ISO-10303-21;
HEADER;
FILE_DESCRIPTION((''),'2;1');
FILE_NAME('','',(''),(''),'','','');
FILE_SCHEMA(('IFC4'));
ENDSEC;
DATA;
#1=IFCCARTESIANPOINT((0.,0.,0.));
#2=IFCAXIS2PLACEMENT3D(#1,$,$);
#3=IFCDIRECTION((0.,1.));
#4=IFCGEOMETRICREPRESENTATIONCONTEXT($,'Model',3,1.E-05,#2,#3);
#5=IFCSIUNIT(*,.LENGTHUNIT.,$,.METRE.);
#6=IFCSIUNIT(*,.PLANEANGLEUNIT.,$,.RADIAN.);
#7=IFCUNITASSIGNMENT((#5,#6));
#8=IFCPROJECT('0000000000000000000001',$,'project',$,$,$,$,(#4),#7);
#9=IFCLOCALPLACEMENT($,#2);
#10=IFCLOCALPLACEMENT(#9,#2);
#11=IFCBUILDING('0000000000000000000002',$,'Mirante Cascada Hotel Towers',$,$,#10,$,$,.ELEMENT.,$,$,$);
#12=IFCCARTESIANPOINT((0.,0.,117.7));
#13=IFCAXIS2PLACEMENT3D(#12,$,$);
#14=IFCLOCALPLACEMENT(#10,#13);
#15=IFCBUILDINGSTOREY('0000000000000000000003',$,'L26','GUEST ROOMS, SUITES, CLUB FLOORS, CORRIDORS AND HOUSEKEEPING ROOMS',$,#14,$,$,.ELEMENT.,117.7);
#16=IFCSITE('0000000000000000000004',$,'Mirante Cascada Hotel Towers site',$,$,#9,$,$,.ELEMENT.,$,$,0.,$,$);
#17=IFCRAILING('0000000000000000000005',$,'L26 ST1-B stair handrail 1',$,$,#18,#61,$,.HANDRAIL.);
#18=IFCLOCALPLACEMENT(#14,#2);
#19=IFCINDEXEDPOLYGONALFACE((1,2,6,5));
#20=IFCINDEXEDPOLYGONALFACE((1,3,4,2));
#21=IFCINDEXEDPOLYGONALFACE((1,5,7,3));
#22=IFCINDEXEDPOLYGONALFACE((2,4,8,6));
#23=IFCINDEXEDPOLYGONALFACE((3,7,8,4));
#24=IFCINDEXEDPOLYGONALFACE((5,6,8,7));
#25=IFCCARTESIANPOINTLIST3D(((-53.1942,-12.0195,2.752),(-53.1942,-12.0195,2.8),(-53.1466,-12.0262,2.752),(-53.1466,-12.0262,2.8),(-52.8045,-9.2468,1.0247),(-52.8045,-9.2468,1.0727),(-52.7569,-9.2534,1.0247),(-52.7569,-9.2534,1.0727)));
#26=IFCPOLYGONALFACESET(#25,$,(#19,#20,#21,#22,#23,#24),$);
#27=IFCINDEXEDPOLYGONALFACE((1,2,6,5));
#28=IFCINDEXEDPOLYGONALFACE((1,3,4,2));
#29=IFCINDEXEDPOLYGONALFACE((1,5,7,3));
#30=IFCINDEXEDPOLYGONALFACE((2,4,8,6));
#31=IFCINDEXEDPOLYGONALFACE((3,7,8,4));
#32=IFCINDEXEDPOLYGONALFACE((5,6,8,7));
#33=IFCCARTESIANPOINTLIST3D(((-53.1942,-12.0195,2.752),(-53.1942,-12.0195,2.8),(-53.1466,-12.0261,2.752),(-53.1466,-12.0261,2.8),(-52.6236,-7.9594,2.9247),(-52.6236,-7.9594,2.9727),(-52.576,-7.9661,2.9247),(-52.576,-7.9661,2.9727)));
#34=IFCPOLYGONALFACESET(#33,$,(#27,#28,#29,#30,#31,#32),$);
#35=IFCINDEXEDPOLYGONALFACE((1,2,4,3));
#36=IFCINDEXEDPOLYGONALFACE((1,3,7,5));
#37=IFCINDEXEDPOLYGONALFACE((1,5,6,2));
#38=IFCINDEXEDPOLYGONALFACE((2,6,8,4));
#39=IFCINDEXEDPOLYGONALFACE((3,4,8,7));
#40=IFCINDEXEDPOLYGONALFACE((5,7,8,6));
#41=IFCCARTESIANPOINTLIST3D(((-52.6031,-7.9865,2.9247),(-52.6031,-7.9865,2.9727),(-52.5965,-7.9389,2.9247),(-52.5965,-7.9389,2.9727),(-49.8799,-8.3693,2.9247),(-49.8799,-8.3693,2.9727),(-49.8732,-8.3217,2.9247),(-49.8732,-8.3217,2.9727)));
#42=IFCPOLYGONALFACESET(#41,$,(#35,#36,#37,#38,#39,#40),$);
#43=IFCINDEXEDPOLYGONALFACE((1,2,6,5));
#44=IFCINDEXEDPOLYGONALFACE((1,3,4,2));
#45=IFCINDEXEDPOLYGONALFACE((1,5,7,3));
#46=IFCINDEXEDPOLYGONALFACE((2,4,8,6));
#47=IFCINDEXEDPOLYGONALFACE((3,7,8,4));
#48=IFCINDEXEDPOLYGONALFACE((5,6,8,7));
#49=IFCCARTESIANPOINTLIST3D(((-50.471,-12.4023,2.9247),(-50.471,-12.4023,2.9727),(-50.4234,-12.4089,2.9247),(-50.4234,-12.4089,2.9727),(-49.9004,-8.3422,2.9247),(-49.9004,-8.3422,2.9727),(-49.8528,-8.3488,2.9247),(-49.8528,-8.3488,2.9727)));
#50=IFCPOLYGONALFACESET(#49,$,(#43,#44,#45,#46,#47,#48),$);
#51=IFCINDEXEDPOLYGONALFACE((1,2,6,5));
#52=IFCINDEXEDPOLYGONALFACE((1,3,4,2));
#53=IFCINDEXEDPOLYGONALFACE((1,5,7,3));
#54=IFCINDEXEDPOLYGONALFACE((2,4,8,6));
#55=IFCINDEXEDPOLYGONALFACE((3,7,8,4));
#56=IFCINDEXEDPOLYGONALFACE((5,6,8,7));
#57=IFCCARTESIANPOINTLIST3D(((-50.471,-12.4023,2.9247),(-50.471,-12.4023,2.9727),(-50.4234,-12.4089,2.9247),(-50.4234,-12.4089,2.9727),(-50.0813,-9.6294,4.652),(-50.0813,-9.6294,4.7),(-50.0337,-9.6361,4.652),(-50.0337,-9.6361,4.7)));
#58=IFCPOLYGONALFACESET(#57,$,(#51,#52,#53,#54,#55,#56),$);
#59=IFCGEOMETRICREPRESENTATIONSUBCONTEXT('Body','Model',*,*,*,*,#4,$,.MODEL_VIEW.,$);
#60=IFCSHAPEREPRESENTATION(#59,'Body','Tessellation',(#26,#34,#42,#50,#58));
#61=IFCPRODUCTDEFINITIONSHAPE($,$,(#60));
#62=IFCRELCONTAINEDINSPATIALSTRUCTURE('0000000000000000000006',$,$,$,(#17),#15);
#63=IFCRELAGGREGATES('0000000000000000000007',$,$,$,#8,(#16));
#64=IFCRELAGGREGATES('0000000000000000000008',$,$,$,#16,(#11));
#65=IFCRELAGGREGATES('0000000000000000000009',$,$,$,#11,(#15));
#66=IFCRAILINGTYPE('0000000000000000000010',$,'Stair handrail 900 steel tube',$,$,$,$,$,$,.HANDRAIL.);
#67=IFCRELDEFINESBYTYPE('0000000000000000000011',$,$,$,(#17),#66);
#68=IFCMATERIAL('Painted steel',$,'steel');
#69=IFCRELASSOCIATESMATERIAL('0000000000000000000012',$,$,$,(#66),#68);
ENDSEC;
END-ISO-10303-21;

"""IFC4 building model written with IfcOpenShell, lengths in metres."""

from ifc_helpers import new_model, si_unit, direction, frame, origin, origin_2d, place, context, subcontext, project, spatial, rectangle, extrude, material, type_object, element, save


model = new_model("IFC4")

# Units and contexts
model_context = context("Model", 3, precision=1e-05, world=origin(), true_north=direction((0.0, 1.0)))
body_context = subcontext(model_context, "Body", "Model", "MODEL_VIEW")
ifc_project = project(units=[si_unit("LENGTHUNIT", "METRE"), si_unit("PLANEANGLEUNIT", "RADIAN")], contexts=[model_context])

# Site, building, storey
site_placement = place(None, origin())
site = spatial("IfcSite", under=ifc_project, at=site_placement, Name="Mirante Cascada Hotel Towers site", CompositionType="ELEMENT", RefElevation=0.0)
building_placement = place(site_placement, origin())
building = spatial("IfcBuilding", under=site, at=building_placement, Name="Mirante Cascada Hotel Towers", CompositionType="ELEMENT")
storey_placement = place(building_placement, frame((0.0, 0.0, 117.7)))
storey = spatial("IfcBuildingStorey", under=building, at=storey_placement, Name="L26", Description="GUEST ROOMS, SUITES, CLUB FLOORS, CORRIDORS AND HOUSEKEEPING ROOMS", CompositionType="ELEMENT", Elevation=117.7)

# Railing
ifc_material_1 = material(Name="Painted steel", Category="steel")
railing_type_1 = type_object("IfcRailingType", Name="Stair handrail 900 steel tube", PredefinedType="HANDRAIL", material=ifc_material_1)
railing_1_placement = place(storey_placement, frame((-52.7807, -9.2501, 0.1727)))
element("IfcRailing", 1, at=railing_1_placement, inside=storey, type_object=railing_type_1, Name="L26 ST1-B stair handrail 1", PredefinedType="HANDRAIL", context=body_context, shape_type="SweptSolid", body=[
    extrude(rectangle(XDim=0.048, YDim=0.048, at=origin_2d()), frame((0.0, 0.0, 0.876), z_axis=(-0.139181, -0.990267, 0.0), x_axis=(0.990267, -0.139181, 0.0)), (0.0, 0.525035, 0.851081), 3.2899),
    extrude(rectangle(XDim=0.048, YDim=0.048, at=origin_2d()), frame((-0.3897, -2.7727, 2.6033), z_axis=(0.139171, 0.990268, 0.0), x_axis=(-0.990268, 0.139171, 0.0)), (0.0, 0.042085, 0.999114), 4.1036),
    extrude(rectangle(XDim=0.048, YDim=0.048, at=origin_2d()), frame((0.1809, 1.2874, 2.776), z_axis=(0.990264, -0.139201, 0.0), x_axis=(0.139201, 0.990264, 0.0)), (0.0, 0.0, 1.0), 2.75),
    extrude(rectangle(XDim=0.048, YDim=0.048, at=origin_2d()), frame((2.9041, 0.9046, 2.776), z_axis=(-0.139171, -0.990268, 0.0), x_axis=(0.990268, -0.139171, 0.0)), (0.0, 0.0, 1.0), 4.1),
    extrude(rectangle(XDim=0.048, YDim=0.048, at=origin_2d()), frame((2.3335, -3.1555, 2.776), z_axis=(0.139176, 0.990268, 0.0), x_axis=(-0.990268, 0.139176, 0.0)), (0.0, 0.525021, 0.851089), 3.29),
])

save(model, "model.ifc")
